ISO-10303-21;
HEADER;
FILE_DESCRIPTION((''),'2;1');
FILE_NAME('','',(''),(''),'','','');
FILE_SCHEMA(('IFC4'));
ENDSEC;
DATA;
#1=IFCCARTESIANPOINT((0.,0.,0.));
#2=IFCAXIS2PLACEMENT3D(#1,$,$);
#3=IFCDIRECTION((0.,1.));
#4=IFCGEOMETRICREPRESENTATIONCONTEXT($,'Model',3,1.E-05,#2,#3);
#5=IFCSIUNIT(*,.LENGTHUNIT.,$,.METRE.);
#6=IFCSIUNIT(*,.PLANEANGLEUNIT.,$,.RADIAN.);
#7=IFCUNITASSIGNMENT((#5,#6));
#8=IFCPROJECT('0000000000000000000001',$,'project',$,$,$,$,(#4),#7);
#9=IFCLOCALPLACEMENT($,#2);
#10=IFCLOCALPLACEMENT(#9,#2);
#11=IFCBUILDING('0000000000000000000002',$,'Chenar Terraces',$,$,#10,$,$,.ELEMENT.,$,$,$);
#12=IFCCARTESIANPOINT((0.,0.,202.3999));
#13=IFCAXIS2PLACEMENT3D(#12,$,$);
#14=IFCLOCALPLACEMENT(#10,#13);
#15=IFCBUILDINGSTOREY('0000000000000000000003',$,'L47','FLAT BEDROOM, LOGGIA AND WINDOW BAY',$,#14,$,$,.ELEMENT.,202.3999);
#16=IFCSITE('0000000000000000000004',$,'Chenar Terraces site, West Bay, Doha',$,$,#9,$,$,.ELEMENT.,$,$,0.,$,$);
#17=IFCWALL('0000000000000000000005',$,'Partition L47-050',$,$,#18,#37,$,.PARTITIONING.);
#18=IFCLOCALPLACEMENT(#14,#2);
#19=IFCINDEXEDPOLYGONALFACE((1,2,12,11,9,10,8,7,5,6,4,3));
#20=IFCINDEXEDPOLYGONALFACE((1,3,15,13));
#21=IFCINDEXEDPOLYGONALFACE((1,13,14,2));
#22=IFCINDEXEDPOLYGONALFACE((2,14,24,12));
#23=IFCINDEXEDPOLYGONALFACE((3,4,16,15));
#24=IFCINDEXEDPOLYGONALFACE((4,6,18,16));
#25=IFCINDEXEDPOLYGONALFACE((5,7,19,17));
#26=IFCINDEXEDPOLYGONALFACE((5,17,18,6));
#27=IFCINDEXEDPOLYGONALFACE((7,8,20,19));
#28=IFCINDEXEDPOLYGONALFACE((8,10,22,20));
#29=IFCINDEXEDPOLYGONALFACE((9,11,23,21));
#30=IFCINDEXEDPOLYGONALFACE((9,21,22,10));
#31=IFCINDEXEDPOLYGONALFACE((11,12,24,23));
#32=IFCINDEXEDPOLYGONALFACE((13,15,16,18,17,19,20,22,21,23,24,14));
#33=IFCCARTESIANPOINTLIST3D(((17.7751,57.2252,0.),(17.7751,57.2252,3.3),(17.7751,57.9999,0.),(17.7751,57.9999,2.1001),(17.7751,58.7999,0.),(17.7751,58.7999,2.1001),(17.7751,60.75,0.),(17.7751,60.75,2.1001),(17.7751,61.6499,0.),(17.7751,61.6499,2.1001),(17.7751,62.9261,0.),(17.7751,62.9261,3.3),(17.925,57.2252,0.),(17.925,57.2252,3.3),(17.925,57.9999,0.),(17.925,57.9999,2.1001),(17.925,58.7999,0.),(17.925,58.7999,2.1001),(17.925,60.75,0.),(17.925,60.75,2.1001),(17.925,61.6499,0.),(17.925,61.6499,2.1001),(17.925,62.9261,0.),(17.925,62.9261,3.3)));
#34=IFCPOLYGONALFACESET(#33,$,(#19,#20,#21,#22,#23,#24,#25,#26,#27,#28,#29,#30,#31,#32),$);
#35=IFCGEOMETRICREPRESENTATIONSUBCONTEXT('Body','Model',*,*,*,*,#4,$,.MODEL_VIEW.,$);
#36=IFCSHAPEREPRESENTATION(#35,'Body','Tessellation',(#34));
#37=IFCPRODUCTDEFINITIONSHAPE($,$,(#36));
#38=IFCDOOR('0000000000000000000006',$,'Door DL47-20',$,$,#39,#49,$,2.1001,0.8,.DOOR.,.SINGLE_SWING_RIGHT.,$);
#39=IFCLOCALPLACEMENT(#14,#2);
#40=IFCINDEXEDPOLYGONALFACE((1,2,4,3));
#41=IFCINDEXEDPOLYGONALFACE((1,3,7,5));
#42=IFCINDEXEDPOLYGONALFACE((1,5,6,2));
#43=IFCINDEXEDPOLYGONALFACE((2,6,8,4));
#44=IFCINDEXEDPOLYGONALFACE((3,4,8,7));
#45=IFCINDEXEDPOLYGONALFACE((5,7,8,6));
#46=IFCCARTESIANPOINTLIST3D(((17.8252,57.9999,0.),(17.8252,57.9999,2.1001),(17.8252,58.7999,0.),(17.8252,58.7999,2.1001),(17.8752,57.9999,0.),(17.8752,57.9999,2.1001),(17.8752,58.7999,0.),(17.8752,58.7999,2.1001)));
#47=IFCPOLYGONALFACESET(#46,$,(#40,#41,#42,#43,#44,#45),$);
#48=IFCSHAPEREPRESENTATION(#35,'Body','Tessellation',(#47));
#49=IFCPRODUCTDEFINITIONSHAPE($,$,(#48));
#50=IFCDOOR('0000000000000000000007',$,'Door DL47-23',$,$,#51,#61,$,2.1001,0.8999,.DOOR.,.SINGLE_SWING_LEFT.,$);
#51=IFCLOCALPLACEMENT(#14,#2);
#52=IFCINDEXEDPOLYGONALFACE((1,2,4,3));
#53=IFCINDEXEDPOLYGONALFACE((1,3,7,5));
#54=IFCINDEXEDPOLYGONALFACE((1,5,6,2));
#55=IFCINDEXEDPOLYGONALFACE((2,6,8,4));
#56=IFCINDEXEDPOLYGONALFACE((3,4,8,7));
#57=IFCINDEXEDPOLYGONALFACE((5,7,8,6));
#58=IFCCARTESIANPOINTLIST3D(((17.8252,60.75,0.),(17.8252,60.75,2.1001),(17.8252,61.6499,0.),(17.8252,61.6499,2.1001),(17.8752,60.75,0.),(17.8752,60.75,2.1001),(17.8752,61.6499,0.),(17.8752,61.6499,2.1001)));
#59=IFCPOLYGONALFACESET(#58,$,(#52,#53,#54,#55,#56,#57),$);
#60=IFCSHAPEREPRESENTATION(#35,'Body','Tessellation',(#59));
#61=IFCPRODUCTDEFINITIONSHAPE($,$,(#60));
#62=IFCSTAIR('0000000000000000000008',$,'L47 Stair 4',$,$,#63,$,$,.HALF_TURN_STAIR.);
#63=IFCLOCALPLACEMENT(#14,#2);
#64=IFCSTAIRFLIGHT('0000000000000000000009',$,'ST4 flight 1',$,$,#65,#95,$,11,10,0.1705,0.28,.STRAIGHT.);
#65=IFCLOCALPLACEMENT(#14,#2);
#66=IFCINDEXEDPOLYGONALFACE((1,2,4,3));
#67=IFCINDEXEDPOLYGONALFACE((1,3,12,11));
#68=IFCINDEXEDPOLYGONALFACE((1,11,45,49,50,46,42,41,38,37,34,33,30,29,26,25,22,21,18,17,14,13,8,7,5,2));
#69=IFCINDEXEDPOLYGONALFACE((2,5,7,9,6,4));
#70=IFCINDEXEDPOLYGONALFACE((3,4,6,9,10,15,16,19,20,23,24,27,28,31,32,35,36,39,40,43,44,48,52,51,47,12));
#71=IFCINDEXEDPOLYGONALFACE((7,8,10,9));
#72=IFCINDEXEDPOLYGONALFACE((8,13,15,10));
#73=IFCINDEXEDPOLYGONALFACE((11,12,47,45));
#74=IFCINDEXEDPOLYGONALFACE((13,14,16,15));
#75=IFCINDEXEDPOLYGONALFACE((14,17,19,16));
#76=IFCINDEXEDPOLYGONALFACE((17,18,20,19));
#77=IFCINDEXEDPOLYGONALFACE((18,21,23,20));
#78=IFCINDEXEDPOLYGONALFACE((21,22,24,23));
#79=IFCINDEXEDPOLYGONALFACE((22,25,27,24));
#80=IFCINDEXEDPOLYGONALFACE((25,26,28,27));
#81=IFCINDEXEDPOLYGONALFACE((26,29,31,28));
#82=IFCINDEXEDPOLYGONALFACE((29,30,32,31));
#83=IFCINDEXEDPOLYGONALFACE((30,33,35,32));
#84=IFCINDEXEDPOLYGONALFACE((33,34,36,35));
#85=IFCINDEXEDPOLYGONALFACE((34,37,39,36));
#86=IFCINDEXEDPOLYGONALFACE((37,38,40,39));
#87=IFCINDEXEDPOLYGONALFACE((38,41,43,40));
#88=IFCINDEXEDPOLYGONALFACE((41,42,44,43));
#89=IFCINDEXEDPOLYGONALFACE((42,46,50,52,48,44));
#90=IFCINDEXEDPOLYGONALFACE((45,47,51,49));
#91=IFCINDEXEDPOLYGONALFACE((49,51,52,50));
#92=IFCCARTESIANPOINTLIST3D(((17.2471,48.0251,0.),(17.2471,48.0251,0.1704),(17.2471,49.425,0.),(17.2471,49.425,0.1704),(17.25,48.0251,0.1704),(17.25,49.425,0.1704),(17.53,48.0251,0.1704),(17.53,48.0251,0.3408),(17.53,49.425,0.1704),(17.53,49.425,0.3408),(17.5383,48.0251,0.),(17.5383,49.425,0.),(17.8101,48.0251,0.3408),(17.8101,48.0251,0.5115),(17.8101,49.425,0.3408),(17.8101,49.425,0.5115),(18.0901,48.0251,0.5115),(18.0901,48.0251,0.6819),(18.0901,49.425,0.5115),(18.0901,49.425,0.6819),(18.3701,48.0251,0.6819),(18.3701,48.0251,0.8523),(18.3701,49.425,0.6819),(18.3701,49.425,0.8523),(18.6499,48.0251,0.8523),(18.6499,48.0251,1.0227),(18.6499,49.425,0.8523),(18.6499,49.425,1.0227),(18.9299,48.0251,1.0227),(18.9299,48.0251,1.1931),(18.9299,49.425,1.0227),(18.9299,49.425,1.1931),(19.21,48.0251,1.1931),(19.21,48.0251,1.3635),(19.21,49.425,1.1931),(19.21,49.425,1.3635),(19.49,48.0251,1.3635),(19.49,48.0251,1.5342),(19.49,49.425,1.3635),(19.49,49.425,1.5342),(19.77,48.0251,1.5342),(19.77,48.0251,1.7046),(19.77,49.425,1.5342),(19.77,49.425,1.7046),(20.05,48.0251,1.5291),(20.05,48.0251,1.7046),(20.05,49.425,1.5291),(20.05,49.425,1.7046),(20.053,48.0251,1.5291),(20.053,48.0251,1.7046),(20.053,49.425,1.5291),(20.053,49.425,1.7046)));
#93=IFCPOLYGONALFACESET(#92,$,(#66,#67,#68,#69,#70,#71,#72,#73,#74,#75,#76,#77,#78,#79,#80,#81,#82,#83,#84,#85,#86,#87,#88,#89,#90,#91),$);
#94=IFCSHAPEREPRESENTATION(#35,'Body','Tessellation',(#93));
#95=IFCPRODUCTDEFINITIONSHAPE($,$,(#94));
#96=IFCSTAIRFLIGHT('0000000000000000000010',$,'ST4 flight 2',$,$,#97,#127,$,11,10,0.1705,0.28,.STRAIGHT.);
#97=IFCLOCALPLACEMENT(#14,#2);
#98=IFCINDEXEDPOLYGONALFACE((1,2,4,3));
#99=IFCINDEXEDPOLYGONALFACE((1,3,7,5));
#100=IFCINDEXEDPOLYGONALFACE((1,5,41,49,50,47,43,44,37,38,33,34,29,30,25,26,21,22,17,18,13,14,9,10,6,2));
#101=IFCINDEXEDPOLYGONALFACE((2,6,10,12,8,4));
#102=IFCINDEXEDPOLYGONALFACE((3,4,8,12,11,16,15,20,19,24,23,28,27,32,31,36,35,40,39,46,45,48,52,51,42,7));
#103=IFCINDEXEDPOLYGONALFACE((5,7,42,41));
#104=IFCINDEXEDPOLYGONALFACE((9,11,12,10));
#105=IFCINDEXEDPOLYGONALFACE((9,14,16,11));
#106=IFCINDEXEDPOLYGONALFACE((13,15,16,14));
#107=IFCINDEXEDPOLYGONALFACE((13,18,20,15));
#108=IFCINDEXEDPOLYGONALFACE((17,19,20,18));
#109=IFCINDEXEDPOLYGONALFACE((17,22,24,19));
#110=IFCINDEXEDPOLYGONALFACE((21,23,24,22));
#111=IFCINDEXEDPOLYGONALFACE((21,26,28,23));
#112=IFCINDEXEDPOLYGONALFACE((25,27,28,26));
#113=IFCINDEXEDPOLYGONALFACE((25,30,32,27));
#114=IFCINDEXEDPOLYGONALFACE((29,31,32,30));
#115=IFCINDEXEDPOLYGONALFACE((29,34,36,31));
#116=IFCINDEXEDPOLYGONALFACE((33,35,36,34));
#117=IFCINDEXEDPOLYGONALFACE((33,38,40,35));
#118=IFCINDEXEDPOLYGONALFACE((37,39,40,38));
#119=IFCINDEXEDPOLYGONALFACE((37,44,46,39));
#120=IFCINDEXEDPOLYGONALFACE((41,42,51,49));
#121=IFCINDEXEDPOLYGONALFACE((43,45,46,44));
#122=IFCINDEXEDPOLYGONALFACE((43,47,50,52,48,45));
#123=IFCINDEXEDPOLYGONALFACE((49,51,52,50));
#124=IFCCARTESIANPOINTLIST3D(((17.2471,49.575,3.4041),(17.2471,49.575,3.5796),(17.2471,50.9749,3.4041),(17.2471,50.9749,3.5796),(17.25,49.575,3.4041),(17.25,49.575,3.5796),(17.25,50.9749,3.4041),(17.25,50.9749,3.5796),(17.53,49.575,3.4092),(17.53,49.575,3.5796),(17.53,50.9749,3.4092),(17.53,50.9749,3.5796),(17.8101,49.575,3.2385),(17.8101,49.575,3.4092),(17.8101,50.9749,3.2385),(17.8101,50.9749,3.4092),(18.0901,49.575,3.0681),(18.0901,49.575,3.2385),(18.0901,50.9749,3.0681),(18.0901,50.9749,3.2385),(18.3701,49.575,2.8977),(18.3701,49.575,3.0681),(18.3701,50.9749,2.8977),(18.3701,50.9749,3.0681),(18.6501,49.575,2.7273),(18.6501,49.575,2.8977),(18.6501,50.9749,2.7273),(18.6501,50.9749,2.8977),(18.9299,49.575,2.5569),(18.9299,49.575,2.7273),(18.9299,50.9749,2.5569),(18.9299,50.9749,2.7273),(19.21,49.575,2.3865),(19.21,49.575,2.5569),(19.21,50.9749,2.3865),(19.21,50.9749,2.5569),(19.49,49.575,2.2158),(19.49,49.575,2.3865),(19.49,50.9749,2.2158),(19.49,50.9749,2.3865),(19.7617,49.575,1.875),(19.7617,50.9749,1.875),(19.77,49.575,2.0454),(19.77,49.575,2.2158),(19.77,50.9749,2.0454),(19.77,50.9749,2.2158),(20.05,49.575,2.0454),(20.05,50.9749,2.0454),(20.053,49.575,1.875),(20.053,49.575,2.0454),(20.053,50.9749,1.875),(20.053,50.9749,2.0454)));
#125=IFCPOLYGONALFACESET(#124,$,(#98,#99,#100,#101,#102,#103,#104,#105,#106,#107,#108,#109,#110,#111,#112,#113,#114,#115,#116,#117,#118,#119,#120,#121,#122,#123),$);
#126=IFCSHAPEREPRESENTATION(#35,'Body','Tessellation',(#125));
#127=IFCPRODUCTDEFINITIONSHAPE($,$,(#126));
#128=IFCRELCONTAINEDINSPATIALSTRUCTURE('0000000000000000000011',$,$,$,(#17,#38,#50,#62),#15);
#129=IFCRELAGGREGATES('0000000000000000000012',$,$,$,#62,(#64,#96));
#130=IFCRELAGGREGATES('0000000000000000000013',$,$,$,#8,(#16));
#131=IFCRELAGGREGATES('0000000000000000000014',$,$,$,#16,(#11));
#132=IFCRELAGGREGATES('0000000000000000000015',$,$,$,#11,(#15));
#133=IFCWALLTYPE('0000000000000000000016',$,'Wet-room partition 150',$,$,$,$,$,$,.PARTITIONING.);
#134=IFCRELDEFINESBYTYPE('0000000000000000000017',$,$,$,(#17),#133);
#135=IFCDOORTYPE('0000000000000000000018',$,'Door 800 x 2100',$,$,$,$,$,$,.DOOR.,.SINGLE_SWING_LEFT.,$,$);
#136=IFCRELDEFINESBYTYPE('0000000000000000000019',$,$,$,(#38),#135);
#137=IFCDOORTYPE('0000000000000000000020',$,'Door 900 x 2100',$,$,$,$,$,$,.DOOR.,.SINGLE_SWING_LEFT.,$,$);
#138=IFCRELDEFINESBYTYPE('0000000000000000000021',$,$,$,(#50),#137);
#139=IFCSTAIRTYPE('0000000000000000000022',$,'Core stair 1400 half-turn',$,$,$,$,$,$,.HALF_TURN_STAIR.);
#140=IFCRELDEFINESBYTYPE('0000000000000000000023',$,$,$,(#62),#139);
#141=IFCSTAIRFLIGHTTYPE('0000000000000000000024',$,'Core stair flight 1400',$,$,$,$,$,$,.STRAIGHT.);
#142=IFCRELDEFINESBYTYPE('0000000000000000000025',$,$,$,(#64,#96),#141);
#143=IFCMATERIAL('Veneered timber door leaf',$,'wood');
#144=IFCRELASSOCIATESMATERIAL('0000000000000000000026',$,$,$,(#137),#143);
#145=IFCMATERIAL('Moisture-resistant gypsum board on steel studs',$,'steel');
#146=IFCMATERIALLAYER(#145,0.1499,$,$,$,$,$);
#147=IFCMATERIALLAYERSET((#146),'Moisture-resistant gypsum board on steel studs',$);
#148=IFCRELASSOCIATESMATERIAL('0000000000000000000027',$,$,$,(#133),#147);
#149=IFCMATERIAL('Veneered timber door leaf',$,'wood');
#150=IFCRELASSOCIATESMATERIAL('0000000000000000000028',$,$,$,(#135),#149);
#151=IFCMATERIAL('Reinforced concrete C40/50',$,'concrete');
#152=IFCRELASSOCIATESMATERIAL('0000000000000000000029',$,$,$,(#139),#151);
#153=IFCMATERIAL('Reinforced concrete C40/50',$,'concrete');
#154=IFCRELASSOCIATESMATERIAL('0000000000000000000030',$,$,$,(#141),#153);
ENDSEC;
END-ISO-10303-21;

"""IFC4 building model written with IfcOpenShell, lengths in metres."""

from ifc_helpers import new_model, si_unit, direction, frame, frame_2d, origin, place, context, subcontext, project, spatial, polyline, rectangle, outline, extrude, material, layer, layer_set, type_object, element, fill, aggregate, save


model = new_model("IFC4")

# Units and contexts
model_context = context("Model", 3, precision=1e-05, world=origin(), true_north=direction((0.0, 1.0)))
body_context = subcontext(model_context, "Body", "Model", "MODEL_VIEW")
ifc_project = project(units=[si_unit("LENGTHUNIT", "METRE"), si_unit("PLANEANGLEUNIT", "RADIAN")], contexts=[model_context])

# Site, building, storey
site_placement = place(None, origin())
site = spatial("IfcSite", under=ifc_project, at=site_placement, Name="Chenar Terraces site, West Bay, Doha", CompositionType="ELEMENT", RefElevation=0.0)
building_placement = place(site_placement, origin())
building = spatial("IfcBuilding", under=site, at=building_placement, Name="Chenar Terraces", CompositionType="ELEMENT")
storey_placement = place(building_placement, frame((0.0, 0.0, 202.3999)))
storey = spatial("IfcBuildingStorey", under=building, at=storey_placement, Name="L47", Description="FLAT BEDROOM, LOGGIA AND WINDOW BAY", CompositionType="ELEMENT", Elevation=202.3999)

# Shared definitions
ifc_material_1 = material(Name="Veneered timber door leaf", Category="wood")
door_type_1 = type_object("IfcDoorType", Name="Door 900 x 2100", OperationType="SINGLE_SWING_LEFT", PredefinedType="DOOR", material=ifc_material_1)

# Shared definitions
ifc_material_2 = material(Name="Moisture-resistant gypsum board on steel studs", Category="steel")
ifc_layer_1 = layer(ifc_material_2, 0.1499)
ifc_layer_set_1 = layer_set([ifc_layer_1], Name="Moisture-resistant gypsum board on steel studs")
wall_type_1 = type_object("IfcWallType", Name="Wet-room partition 150", PredefinedType="PARTITIONING", material=ifc_layer_set_1)

# Wall, openings, doors
wall_1_placement = place(storey_placement, frame((17.8501, 57.2251, 0.0), z_axis=(0.0, 0.0, 1.0), x_axis=(0.0, 1.0, 0.0)))
wall_1 = element("IfcWall", 1, at=wall_1_placement, inside=storey, type_object=wall_type_1, Name="Partition L47-050", PredefinedType="PARTITIONING", context=body_context, shape_type="SweptSolid", body=[
    extrude(rectangle(XDim=5.7009, YDim=0.1499, at=frame_2d((2.8506, 0.0))), origin(), (0.0, 0.0, 1.0), 3.3),
])
opening_1_placement = place(wall_1_placement, frame((0.7749, 0.0, 0.0)))
opening_1 = element("IfcOpeningElement", 2, at=opening_1_placement, cuts=wall_1, PredefinedType="OPENING", context=body_context, shape_type="SweptSolid", body=[
    extrude(rectangle(XDim=0.8, YDim=2.1001, at=frame_2d((0.3999, 1.05))), frame((0.0, 0.085, 0.0), z_axis=(0.0, -1.0, 0.0), x_axis=(1.0, 0.0, 0.0)), (0.0, 0.0, 1.0), 0.1699),
])
opening_2_placement = place(wall_1_placement, frame((3.5249, 0.0, 0.0)))
opening_2 = element("IfcOpeningElement", 3, at=opening_2_placement, cuts=wall_1, PredefinedType="OPENING", context=body_context, shape_type="SweptSolid", body=[
    extrude(rectangle(XDim=0.8999, YDim=2.1001, at=frame_2d((0.45, 1.05))), frame((0.0, 0.085, 0.0), z_axis=(0.0, -1.0, 0.0), x_axis=(1.0, 0.0, 0.0)), (0.0, 0.0, 1.0), 0.1699),
])
ifc_material_3 = material(Name="Veneered timber door leaf", Category="wood")
door_type_2 = type_object("IfcDoorType", Name="Door 800 x 2100", OperationType="SINGLE_SWING_LEFT", PredefinedType="DOOR", material=ifc_material_3)
door_1_placement = place(opening_1_placement, origin())
door_1 = element("IfcDoor", 4, at=door_1_placement, inside=storey, type_object=door_type_2, Name="Door DL47-20", OperationType="SINGLE_SWING_RIGHT", OverallHeight=2.1001, OverallWidth=0.8, PredefinedType="DOOR", context=body_context, shape_type="SweptSolid", body=[
    extrude(rectangle(XDim=0.8, YDim=2.1001, at=frame_2d((0.3999, 1.05))), frame((0.0, 0.0249, 0.0), z_axis=(0.0, -1.0, 0.0), x_axis=(1.0, 0.0, 0.0)), (0.0, 0.0, 1.0), 0.05),
])
fill(opening_1, door_1)
door_2_placement = place(opening_2_placement, origin())
door_2 = element("IfcDoor", 5, at=door_2_placement, inside=storey, type_object=door_type_1, Name="Door DL47-23", OperationType="SINGLE_SWING_LEFT", OverallHeight=2.1001, OverallWidth=0.8999, PredefinedType="DOOR", context=body_context, shape_type="SweptSolid", body=[
    extrude(rectangle(XDim=0.8999, YDim=2.1001, at=frame_2d((0.45, 1.05))), frame((0.0, 0.0249, 0.0), z_axis=(0.0, -1.0, 0.0), x_axis=(1.0, 0.0, 0.0)), (0.0, 0.0, 1.0), 0.05),
])
fill(opening_2, door_2)

# Stair, stair flights
ifc_material_4 = material(Name="Reinforced concrete C40/50", Category="concrete")
stair_type = type_object("IfcStairType", Name="Core stair 1400 half-turn", PredefinedType="HALF_TURN_STAIR", material=ifc_material_4)
stair_placement = place(storey_placement, origin())
stair = element("IfcStair", 6, at=stair_placement, inside=storey, type_object=stair_type, Name="L47 Stair 4", PredefinedType="HALF_TURN_STAIR")
ifc_material_5 = material(Name="Reinforced concrete C40/50", Category="concrete")
stair_flight_type = type_object("IfcStairFlightType", Name="Core stair flight 1400", PredefinedType="STRAIGHT", material=ifc_material_5)
stair_flight_1_placement = place(storey_placement, frame((17.25, 48.7251, 0.0), z_axis=(0.0, 0.0, 1.0), x_axis=(1.0, 0.0, 0.0)))
stair_flight_1 = element("IfcStairFlight", 7, at=stair_flight_1_placement, type_object=stair_flight_type, Name="ST4 flight 1", NumberOfRisers=11, NumberOfTreads=10, PredefinedType="STRAIGHT", RiserHeight=0.1705, TreadLength=0.28, context=body_context, shape_type="SweptSolid", body=[
    extrude(outline(polyline([(-0.0029, 0.0), (-0.0029, 0.1704), (0.0, 0.1704), (0.28, 0.1704), (0.28, 0.3408), (0.5601, 0.3408), (0.5601, 0.5115), (0.8401, 0.5115), (0.8401, 0.6819), (1.1201, 0.6819), (1.1201, 0.8523), (1.3999, 0.8523), (1.3999, 1.0227), (1.6799, 1.0227), (1.6799, 1.1931), (1.96, 1.1931), (1.96, 1.3635), (2.24, 1.3635), (2.24, 1.5342), (2.52, 1.5342), (2.52, 1.7046), (2.8, 1.7046), (2.803, 1.7046), (2.803, 1.5291), (2.8, 1.5291), (0.2883, 0.0), (-0.0029, 0.0)])), frame((0.0, 0.7, 0.0), z_axis=(0.0, -1.0, 0.0), x_axis=(1.0, 0.0, 0.0)), (0.0, 0.0, 1.0), 1.3999),
])
stair_flight_2_placement = place(storey_placement, frame((20.05, 50.2749, 1.875), z_axis=(0.0, 0.0, 1.0), x_axis=(-1.0, 0.0, 0.0)))
stair_flight_2 = element("IfcStairFlight", 8, at=stair_flight_2_placement, type_object=stair_flight_type, Name="ST4 flight 2", NumberOfRisers=11, NumberOfTreads=10, PredefinedType="STRAIGHT", RiserHeight=0.1705, TreadLength=0.28, context=body_context, shape_type="SweptSolid", body=[
    extrude(outline(polyline([(-0.0029, 0.0), (-0.0029, 0.1704), (0.0, 0.1704), (0.28, 0.1704), (0.28, 0.3408), (0.5601, 0.3408), (0.5601, 0.5115), (0.8401, 0.5115), (0.8401, 0.6819), (1.1201, 0.6819), (1.1201, 0.8523), (1.3999, 0.8523), (1.3999, 1.0227), (1.6799, 1.0227), (1.6799, 1.1931), (1.96, 1.1931), (1.96, 1.3635), (2.24, 1.3635), (2.24, 1.5342), (2.52, 1.5342), (2.52, 1.7046), (2.8, 1.7046), (2.803, 1.7046), (2.803, 1.5291), (2.8, 1.5291), (0.2883, 0.0), (-0.0029, 0.0)])), frame((0.0, 0.7, 0.0), z_axis=(0.0, -1.0, 0.0), x_axis=(1.0, 0.0, 0.0)), (0.0, 0.0, 1.0), 1.3999),
])
aggregate(stair, [stair_flight_1, stair_flight_2])

save(model, "model.ifc")
